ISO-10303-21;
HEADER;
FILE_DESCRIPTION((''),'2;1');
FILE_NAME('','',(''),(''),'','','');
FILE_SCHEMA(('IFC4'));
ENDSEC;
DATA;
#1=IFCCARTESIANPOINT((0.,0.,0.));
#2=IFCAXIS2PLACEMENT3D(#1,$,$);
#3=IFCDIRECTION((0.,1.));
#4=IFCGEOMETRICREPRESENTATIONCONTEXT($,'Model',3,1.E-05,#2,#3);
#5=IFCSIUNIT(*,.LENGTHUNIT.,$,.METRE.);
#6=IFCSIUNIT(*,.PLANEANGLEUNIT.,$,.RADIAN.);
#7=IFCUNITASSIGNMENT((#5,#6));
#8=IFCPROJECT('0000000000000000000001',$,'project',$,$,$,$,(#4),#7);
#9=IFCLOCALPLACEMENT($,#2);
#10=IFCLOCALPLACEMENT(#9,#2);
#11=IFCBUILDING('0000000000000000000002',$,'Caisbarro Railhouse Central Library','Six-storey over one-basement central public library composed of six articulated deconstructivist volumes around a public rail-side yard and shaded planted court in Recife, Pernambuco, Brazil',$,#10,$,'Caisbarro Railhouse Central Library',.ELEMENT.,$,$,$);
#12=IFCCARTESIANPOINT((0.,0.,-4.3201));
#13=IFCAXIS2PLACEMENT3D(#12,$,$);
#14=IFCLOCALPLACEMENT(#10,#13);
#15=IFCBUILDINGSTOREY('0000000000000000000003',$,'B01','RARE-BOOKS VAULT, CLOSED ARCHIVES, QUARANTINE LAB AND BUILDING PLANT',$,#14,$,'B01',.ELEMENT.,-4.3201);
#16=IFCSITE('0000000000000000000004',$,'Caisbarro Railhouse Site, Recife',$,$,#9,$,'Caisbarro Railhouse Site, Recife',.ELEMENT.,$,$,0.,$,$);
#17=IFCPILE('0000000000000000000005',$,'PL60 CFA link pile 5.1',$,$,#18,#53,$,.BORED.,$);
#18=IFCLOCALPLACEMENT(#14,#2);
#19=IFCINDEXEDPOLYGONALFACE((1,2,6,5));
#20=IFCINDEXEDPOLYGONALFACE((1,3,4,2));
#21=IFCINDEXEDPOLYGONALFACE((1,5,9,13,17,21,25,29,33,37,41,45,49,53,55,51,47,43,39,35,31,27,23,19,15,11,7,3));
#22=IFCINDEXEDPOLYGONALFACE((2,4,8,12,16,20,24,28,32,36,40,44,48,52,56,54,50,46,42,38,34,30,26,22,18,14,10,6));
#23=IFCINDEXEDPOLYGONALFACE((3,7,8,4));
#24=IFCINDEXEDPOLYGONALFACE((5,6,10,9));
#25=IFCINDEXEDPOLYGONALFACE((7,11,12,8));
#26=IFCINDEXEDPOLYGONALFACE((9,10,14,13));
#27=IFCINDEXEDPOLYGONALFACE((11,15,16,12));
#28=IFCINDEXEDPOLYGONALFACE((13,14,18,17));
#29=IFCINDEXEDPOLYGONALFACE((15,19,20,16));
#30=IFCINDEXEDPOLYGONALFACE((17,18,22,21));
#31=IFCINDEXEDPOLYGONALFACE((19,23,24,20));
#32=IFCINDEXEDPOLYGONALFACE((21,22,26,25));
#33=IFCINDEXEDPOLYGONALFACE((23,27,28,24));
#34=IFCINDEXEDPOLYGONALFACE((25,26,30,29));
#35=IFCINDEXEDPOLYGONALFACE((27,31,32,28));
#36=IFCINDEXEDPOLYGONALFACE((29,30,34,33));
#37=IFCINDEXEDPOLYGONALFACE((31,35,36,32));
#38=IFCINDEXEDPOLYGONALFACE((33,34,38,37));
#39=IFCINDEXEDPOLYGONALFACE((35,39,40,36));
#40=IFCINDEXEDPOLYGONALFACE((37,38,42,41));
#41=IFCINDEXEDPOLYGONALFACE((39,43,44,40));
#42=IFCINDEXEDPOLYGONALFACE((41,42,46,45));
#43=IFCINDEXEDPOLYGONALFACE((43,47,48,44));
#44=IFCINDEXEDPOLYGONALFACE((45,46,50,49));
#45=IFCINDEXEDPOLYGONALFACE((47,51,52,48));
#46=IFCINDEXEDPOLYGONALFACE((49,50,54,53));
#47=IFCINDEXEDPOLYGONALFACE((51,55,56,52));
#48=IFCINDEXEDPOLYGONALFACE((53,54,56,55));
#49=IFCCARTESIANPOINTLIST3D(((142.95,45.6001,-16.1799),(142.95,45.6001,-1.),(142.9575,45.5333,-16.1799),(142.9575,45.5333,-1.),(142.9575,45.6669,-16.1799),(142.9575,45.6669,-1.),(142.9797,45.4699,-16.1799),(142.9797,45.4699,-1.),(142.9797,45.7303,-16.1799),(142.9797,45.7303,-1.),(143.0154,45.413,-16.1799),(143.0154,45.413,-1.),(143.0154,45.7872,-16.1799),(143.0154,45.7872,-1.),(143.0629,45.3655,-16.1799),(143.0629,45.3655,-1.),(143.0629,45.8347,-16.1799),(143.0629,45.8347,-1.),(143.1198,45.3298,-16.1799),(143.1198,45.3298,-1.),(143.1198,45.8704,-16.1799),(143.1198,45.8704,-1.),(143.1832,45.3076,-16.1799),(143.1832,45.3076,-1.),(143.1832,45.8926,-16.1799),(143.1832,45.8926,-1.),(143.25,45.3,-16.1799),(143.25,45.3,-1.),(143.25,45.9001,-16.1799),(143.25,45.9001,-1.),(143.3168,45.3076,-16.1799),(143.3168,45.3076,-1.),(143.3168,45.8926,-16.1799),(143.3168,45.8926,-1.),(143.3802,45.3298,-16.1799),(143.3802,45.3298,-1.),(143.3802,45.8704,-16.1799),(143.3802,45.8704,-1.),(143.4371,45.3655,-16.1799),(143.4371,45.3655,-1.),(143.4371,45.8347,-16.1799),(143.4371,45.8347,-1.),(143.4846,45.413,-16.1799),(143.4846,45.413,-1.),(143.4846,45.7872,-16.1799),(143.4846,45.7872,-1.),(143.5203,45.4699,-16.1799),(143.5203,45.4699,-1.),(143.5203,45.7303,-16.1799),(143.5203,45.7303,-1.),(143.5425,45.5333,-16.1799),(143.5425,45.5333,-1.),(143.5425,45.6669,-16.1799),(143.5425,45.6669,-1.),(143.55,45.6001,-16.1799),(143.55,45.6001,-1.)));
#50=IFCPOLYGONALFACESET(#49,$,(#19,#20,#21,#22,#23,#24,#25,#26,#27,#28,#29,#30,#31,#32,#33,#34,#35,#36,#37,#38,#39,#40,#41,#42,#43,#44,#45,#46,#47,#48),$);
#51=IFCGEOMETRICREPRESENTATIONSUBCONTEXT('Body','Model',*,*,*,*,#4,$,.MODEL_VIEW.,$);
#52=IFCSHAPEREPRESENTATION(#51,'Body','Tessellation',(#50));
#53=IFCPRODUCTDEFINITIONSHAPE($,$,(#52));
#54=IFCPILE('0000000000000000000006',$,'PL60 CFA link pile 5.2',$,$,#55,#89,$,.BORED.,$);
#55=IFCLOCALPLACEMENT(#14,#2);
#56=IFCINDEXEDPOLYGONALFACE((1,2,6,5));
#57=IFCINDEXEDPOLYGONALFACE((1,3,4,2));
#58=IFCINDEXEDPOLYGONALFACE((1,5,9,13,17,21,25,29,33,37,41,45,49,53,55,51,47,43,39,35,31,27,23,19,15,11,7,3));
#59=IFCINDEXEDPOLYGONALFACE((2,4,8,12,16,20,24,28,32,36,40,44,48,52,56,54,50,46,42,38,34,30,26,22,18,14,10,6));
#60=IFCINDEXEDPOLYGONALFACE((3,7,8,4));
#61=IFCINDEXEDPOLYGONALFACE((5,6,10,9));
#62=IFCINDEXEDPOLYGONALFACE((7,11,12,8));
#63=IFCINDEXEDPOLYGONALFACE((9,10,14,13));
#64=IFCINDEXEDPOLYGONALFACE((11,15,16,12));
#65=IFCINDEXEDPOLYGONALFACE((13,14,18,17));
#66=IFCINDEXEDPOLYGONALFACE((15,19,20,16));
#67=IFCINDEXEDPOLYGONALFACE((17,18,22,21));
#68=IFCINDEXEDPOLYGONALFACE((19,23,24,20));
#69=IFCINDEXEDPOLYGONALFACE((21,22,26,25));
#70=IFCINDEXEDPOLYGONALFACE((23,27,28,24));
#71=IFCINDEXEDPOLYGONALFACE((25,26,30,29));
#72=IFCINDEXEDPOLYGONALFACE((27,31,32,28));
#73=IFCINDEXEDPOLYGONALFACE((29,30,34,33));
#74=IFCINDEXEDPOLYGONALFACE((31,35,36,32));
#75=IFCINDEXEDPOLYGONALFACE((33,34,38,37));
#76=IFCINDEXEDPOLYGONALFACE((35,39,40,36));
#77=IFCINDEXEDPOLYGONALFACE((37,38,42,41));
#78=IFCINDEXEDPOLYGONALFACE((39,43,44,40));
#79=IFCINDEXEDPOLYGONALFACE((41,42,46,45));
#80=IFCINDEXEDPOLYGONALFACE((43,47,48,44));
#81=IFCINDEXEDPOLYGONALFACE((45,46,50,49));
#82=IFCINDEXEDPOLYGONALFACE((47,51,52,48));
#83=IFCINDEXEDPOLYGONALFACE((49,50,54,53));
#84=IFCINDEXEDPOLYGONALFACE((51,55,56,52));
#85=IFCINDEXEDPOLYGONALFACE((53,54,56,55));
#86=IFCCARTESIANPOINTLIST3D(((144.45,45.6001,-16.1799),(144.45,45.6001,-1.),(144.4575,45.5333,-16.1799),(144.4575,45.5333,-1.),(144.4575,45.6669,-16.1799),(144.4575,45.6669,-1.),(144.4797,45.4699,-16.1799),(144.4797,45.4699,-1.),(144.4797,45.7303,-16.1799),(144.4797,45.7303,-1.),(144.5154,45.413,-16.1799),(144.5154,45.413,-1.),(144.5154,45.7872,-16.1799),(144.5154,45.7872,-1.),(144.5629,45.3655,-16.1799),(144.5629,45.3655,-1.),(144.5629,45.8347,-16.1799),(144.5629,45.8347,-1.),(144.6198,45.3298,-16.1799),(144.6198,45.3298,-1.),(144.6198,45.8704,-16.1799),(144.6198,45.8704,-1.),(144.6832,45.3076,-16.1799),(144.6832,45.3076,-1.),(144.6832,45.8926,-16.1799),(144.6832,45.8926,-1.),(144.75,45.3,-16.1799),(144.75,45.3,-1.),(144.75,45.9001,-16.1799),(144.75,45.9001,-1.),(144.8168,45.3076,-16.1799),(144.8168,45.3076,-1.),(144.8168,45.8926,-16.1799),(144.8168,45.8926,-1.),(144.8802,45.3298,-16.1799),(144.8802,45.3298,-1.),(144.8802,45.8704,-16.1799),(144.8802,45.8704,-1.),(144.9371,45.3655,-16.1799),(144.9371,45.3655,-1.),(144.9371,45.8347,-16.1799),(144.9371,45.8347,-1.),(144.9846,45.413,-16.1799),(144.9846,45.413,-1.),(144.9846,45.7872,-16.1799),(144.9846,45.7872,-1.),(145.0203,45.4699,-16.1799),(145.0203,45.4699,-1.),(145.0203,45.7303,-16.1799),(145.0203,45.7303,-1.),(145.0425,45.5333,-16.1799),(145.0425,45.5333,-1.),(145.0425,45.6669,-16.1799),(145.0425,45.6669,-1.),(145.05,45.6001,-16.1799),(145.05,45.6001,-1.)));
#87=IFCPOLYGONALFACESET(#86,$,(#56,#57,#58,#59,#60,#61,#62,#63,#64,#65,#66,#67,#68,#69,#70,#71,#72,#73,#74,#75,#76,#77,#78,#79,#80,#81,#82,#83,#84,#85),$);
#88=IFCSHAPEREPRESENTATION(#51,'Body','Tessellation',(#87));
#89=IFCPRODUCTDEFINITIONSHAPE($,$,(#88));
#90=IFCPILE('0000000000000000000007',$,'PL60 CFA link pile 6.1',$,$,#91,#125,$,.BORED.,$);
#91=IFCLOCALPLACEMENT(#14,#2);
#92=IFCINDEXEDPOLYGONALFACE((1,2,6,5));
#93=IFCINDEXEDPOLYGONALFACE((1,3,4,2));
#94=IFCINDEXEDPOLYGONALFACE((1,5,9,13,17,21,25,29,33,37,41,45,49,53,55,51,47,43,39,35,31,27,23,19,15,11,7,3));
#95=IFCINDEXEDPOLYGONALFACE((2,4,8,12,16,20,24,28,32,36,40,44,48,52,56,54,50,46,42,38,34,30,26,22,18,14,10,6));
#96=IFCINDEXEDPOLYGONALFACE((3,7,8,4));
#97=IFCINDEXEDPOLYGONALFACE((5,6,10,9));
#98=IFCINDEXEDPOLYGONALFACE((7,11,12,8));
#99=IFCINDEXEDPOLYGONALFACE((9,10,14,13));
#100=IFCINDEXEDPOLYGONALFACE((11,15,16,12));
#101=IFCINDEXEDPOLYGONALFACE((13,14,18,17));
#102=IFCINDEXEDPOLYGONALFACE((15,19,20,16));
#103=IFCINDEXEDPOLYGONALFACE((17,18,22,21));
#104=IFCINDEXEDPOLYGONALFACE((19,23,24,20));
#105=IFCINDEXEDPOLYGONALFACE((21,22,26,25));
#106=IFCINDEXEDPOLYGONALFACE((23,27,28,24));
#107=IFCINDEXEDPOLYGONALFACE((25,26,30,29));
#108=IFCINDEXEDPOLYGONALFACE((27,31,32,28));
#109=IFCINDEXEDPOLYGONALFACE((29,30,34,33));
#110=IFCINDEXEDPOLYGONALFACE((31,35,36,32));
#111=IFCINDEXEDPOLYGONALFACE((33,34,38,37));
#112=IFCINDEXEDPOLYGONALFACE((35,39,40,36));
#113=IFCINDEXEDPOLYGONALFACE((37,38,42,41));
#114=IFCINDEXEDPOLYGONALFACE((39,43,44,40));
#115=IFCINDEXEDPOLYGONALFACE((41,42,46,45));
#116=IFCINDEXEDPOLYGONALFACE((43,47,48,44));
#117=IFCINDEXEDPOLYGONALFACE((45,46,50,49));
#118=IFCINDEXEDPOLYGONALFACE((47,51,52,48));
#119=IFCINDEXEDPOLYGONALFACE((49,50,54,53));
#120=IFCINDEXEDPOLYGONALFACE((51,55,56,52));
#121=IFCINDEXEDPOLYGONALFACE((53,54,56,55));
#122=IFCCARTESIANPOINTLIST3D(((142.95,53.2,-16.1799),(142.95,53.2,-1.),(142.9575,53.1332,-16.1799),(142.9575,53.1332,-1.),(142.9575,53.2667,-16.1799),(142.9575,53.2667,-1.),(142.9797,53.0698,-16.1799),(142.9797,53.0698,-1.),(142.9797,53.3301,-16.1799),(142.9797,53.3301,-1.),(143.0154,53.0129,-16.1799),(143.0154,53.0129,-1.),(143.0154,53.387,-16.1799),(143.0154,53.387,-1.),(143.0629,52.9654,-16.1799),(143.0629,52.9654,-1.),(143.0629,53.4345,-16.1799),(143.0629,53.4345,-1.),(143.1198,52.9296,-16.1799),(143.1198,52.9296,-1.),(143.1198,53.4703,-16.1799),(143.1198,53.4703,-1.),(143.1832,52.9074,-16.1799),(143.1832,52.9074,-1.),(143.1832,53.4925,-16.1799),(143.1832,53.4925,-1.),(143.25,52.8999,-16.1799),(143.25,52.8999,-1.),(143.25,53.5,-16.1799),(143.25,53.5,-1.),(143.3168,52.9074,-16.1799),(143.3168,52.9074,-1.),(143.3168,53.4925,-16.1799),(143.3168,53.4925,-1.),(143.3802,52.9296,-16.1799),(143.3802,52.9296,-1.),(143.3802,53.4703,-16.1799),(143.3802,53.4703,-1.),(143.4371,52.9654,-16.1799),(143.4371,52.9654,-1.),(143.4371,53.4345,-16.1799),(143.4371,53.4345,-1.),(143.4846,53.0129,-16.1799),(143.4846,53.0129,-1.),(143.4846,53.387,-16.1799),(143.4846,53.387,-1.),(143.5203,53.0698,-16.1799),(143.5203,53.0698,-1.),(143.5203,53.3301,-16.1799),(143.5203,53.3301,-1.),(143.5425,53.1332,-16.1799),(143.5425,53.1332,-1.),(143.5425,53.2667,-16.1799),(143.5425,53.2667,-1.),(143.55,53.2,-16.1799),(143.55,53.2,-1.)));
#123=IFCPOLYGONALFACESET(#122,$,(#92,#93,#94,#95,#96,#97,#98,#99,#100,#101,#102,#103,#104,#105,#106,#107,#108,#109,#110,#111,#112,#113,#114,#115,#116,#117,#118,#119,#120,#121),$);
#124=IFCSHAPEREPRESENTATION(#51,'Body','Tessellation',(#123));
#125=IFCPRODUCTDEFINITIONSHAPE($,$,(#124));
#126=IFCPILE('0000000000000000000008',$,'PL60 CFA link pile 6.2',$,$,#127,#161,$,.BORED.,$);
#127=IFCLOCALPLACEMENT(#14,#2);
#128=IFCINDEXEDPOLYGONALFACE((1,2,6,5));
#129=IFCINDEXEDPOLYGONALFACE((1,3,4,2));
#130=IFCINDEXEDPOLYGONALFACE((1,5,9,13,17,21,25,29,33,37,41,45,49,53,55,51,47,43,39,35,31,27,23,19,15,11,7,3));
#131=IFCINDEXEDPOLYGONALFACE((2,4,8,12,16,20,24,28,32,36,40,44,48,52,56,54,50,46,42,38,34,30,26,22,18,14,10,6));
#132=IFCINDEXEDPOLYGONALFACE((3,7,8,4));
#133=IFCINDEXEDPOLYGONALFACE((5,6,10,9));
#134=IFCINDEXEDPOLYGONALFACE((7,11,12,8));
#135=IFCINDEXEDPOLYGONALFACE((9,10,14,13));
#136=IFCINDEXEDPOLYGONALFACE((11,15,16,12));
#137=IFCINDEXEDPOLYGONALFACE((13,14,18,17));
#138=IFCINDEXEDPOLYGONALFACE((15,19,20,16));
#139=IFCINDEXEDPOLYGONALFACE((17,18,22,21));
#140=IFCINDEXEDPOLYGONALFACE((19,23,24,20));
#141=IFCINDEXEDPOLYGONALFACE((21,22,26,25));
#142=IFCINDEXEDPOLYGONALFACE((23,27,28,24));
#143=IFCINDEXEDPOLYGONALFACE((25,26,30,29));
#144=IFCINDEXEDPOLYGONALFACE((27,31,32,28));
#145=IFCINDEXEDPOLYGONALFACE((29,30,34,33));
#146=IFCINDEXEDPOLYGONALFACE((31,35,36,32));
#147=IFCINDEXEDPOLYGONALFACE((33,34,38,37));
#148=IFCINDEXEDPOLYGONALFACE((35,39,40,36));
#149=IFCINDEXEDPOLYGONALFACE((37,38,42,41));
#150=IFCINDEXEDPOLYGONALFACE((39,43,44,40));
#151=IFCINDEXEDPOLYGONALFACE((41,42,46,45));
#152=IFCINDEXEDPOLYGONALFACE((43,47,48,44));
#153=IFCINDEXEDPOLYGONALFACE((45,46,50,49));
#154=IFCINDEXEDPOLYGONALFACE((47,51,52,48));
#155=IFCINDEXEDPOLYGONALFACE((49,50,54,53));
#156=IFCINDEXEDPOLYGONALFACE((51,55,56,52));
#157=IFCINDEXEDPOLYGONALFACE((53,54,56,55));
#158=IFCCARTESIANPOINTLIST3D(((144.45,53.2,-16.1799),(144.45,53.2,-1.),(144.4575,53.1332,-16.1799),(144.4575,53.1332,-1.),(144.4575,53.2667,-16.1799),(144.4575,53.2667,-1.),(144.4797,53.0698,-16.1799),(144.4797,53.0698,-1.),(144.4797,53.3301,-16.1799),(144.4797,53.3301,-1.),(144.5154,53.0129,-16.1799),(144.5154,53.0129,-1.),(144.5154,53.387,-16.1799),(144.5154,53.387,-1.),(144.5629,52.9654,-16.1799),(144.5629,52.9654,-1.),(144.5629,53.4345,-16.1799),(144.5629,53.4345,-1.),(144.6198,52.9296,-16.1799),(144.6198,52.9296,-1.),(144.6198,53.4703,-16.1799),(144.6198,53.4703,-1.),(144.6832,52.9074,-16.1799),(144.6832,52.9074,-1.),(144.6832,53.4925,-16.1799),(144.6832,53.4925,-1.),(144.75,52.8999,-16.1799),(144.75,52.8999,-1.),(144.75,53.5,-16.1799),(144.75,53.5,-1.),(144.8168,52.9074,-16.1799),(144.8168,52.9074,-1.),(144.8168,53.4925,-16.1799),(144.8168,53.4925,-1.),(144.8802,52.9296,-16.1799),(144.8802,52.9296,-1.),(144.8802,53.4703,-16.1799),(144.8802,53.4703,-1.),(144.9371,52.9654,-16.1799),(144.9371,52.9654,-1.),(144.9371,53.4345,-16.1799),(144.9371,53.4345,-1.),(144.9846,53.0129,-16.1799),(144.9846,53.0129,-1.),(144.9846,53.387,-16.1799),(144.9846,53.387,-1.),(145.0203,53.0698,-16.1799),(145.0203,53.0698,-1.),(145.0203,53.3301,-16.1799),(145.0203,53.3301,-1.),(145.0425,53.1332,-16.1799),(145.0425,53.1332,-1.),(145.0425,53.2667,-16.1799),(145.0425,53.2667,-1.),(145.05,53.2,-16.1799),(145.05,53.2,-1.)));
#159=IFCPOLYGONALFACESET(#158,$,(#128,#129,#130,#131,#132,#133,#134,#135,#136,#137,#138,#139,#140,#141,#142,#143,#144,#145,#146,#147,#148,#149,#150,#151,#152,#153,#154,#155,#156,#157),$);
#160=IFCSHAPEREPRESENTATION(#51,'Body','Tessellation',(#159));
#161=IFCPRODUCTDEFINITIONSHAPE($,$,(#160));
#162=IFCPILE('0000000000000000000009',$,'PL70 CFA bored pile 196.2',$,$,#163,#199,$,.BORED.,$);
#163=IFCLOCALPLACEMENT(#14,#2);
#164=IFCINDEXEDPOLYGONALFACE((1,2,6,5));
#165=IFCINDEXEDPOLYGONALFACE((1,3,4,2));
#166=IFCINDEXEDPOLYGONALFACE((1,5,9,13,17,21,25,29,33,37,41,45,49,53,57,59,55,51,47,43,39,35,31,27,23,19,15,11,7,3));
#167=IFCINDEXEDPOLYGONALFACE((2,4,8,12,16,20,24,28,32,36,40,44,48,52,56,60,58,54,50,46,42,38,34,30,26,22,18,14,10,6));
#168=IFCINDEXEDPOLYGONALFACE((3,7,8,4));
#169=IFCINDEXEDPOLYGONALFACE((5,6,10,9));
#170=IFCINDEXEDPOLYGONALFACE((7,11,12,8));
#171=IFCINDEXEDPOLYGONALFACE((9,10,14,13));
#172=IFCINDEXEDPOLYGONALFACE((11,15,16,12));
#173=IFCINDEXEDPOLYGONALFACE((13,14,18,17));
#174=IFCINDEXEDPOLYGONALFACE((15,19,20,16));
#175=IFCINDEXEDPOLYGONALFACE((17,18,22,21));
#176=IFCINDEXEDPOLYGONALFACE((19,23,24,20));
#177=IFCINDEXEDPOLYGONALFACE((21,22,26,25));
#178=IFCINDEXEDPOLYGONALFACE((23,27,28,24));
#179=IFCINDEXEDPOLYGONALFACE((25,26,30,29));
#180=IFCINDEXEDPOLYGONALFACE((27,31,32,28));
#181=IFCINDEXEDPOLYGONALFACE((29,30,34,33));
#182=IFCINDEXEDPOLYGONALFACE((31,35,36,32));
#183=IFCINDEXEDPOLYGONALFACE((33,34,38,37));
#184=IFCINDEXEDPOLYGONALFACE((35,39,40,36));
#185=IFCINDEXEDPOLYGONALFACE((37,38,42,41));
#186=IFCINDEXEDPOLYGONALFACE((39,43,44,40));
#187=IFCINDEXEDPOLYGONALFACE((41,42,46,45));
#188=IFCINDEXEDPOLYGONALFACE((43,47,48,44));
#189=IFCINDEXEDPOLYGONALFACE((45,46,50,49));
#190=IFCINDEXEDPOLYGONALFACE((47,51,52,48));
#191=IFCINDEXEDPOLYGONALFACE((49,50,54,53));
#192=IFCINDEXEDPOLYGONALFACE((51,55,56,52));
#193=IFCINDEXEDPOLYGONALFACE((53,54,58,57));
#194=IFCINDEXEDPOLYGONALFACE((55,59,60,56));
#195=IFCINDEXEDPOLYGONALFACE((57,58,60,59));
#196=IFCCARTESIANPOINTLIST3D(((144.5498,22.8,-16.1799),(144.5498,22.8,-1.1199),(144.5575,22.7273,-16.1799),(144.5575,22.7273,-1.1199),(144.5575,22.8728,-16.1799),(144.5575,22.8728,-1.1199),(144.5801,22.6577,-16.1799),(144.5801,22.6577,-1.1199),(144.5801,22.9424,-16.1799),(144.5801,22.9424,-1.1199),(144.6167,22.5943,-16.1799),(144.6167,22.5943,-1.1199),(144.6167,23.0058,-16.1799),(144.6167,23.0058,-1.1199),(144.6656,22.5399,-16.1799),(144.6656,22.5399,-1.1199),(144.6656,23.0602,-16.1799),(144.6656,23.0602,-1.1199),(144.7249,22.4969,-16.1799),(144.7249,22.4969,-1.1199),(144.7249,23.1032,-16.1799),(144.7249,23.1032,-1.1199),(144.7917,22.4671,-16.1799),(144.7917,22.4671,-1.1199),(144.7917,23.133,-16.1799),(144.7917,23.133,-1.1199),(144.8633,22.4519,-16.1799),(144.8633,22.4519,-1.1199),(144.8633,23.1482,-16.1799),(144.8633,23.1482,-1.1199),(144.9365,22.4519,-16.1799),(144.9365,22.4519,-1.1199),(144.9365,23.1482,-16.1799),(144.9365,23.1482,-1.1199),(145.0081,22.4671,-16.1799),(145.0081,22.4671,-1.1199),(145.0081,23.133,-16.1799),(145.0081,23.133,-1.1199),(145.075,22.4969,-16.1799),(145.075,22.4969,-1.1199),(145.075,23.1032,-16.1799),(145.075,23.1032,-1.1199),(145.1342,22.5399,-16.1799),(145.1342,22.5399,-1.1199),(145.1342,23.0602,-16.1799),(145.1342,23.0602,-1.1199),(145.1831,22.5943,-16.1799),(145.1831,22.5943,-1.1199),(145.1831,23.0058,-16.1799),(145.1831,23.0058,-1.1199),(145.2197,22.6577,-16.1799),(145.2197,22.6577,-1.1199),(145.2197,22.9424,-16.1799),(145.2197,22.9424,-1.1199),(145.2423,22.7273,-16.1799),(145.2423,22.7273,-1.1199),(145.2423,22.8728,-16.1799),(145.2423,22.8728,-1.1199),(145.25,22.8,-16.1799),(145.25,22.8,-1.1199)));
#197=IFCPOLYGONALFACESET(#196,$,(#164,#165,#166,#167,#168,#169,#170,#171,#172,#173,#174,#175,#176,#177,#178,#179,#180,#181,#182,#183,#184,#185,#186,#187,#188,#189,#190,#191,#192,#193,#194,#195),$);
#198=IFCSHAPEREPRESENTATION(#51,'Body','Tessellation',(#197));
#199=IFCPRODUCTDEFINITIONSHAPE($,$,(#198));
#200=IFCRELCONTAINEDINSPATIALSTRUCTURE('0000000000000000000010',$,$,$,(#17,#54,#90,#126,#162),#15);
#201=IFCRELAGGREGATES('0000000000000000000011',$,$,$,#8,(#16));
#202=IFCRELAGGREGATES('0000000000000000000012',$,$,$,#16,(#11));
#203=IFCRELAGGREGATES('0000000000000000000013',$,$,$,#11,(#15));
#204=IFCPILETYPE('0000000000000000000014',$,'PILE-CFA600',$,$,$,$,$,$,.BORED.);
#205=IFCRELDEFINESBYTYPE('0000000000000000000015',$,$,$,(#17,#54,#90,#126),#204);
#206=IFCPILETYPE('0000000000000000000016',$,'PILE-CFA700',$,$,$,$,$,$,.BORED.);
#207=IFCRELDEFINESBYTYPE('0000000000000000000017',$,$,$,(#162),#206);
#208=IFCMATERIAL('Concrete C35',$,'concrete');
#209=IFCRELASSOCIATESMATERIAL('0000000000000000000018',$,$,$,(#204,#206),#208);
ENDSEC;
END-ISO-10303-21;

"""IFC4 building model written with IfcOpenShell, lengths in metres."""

from ifc_helpers import new_model, si_unit, direction, frame, origin, origin_2d, place, context, subcontext, project, spatial, circle, extrude, material, material_profile, profile_set, type_object, element, save


model = new_model("IFC4")

# Units and contexts
model_context = context("Model", 3, precision=1e-05, world=origin(), true_north=direction((0.0, 1.0)))
body_context = subcontext(model_context, "Body", "Model", "MODEL_VIEW")
ifc_project = project(units=[si_unit("LENGTHUNIT", "METRE"), si_unit("PLANEANGLEUNIT", "RADIAN")], contexts=[model_context])

# Site, building, storey
site_placement = place(None, origin())
site = spatial("IfcSite", under=ifc_project, at=site_placement, Name="Caisbarro Railhouse Site, Recife", LongName="Caisbarro Railhouse Site, Recife", CompositionType="ELEMENT", RefElevation=0.0)
building_placement = place(site_placement, origin())
building = spatial("IfcBuilding", under=site, at=building_placement, Name="Caisbarro Railhouse Central Library", Description="Six-storey over one-basement central public library composed of six articulated deconstructivist volumes around a public rail-side yard and shaded planted court in Recife, Pernambuco, Brazil", LongName="Caisbarro Railhouse Central Library", CompositionType="ELEMENT")
storey_placement = place(building_placement, frame((0.0, 0.0, -4.3201)))
storey = spatial("IfcBuildingStorey", under=building, at=storey_placement, Name="B01", Description="RARE-BOOKS VAULT, CLOSED ARCHIVES, QUARANTINE LAB AND BUILDING PLANT", LongName="B01", CompositionType="ELEMENT", Elevation=-4.3201)

# Shared definitions
ifc_material_1 = material(Name="Concrete C35", Category="concrete")

# Piles
ifc_material_profile_1 = material_profile(ifc_material_1, circle(Radius=0.3, at=origin_2d()), Name="PILE-CFA-600")
ifc_profile_set_1 = profile_set([ifc_material_profile_1], Name="Concrete C35")
pile_type_1 = type_object("IfcPileType", Name="PILE-CFA600", PredefinedType="BORED", material=ifc_profile_set_1)
for number, where, z_axis, x_axis, name in (
    (1, (143.25, 45.6001, -1.0), (0.0, 0.0, -1.0), (1.0, 0.0, 0.0), "PL60 CFA link pile 5.1"),
    (2, (144.75, 45.6001, -1.0), (0.0, 0.0, -1.0), (1.0, 0.0, 0.0), "PL60 CFA link pile 5.2"),
    (3, (143.25, 53.2, -1.0), (0.0, 0.0, -1.0), (1.0, 0.0, 0.0), "PL60 CFA link pile 6.1"),
    (4, (144.75, 53.2, -1.0), (0.0, 0.0, -1.0), (1.0, 0.0, 0.0), "PL60 CFA link pile 6.2"),
):
    element("IfcPile", number, at=place(storey_placement, frame(where, z_axis=z_axis, x_axis=x_axis)), inside=storey, type_object=pile_type_1, Name=name, PredefinedType="BORED", context=body_context, shape_type="SweptSolid", body=[
        extrude(circle(Radius=0.3, at=origin_2d()), origin(), (0.0, 0.0, 1.0), 15.1799),
    ])
ifc_material_profile_2 = material_profile(ifc_material_1, circle(Radius=0.3501, at=origin_2d()), Name="PILE-CFA-700")
ifc_profile_set_2 = profile_set([ifc_material_profile_2], Name="Concrete C35")
pile_type_2 = type_object("IfcPileType", Name="PILE-CFA700", PredefinedType="BORED", material=ifc_profile_set_2)
pile_placement = place(storey_placement, frame((144.8999, 22.8, -1.1199), z_axis=(0.0, 0.0, -1.0), x_axis=(1.0, 0.0, 0.0)))
element("IfcPile", 5, at=pile_placement, inside=storey, type_object=pile_type_2, Name="PL70 CFA bored pile 196.2", PredefinedType="BORED", context=body_context, shape_type="SweptSolid", body=[
    extrude(circle(Radius=0.3501, at=origin_2d()), origin(), (0.0, 0.0, 1.0), 15.0601),
])

save(model, "model.ifc")
